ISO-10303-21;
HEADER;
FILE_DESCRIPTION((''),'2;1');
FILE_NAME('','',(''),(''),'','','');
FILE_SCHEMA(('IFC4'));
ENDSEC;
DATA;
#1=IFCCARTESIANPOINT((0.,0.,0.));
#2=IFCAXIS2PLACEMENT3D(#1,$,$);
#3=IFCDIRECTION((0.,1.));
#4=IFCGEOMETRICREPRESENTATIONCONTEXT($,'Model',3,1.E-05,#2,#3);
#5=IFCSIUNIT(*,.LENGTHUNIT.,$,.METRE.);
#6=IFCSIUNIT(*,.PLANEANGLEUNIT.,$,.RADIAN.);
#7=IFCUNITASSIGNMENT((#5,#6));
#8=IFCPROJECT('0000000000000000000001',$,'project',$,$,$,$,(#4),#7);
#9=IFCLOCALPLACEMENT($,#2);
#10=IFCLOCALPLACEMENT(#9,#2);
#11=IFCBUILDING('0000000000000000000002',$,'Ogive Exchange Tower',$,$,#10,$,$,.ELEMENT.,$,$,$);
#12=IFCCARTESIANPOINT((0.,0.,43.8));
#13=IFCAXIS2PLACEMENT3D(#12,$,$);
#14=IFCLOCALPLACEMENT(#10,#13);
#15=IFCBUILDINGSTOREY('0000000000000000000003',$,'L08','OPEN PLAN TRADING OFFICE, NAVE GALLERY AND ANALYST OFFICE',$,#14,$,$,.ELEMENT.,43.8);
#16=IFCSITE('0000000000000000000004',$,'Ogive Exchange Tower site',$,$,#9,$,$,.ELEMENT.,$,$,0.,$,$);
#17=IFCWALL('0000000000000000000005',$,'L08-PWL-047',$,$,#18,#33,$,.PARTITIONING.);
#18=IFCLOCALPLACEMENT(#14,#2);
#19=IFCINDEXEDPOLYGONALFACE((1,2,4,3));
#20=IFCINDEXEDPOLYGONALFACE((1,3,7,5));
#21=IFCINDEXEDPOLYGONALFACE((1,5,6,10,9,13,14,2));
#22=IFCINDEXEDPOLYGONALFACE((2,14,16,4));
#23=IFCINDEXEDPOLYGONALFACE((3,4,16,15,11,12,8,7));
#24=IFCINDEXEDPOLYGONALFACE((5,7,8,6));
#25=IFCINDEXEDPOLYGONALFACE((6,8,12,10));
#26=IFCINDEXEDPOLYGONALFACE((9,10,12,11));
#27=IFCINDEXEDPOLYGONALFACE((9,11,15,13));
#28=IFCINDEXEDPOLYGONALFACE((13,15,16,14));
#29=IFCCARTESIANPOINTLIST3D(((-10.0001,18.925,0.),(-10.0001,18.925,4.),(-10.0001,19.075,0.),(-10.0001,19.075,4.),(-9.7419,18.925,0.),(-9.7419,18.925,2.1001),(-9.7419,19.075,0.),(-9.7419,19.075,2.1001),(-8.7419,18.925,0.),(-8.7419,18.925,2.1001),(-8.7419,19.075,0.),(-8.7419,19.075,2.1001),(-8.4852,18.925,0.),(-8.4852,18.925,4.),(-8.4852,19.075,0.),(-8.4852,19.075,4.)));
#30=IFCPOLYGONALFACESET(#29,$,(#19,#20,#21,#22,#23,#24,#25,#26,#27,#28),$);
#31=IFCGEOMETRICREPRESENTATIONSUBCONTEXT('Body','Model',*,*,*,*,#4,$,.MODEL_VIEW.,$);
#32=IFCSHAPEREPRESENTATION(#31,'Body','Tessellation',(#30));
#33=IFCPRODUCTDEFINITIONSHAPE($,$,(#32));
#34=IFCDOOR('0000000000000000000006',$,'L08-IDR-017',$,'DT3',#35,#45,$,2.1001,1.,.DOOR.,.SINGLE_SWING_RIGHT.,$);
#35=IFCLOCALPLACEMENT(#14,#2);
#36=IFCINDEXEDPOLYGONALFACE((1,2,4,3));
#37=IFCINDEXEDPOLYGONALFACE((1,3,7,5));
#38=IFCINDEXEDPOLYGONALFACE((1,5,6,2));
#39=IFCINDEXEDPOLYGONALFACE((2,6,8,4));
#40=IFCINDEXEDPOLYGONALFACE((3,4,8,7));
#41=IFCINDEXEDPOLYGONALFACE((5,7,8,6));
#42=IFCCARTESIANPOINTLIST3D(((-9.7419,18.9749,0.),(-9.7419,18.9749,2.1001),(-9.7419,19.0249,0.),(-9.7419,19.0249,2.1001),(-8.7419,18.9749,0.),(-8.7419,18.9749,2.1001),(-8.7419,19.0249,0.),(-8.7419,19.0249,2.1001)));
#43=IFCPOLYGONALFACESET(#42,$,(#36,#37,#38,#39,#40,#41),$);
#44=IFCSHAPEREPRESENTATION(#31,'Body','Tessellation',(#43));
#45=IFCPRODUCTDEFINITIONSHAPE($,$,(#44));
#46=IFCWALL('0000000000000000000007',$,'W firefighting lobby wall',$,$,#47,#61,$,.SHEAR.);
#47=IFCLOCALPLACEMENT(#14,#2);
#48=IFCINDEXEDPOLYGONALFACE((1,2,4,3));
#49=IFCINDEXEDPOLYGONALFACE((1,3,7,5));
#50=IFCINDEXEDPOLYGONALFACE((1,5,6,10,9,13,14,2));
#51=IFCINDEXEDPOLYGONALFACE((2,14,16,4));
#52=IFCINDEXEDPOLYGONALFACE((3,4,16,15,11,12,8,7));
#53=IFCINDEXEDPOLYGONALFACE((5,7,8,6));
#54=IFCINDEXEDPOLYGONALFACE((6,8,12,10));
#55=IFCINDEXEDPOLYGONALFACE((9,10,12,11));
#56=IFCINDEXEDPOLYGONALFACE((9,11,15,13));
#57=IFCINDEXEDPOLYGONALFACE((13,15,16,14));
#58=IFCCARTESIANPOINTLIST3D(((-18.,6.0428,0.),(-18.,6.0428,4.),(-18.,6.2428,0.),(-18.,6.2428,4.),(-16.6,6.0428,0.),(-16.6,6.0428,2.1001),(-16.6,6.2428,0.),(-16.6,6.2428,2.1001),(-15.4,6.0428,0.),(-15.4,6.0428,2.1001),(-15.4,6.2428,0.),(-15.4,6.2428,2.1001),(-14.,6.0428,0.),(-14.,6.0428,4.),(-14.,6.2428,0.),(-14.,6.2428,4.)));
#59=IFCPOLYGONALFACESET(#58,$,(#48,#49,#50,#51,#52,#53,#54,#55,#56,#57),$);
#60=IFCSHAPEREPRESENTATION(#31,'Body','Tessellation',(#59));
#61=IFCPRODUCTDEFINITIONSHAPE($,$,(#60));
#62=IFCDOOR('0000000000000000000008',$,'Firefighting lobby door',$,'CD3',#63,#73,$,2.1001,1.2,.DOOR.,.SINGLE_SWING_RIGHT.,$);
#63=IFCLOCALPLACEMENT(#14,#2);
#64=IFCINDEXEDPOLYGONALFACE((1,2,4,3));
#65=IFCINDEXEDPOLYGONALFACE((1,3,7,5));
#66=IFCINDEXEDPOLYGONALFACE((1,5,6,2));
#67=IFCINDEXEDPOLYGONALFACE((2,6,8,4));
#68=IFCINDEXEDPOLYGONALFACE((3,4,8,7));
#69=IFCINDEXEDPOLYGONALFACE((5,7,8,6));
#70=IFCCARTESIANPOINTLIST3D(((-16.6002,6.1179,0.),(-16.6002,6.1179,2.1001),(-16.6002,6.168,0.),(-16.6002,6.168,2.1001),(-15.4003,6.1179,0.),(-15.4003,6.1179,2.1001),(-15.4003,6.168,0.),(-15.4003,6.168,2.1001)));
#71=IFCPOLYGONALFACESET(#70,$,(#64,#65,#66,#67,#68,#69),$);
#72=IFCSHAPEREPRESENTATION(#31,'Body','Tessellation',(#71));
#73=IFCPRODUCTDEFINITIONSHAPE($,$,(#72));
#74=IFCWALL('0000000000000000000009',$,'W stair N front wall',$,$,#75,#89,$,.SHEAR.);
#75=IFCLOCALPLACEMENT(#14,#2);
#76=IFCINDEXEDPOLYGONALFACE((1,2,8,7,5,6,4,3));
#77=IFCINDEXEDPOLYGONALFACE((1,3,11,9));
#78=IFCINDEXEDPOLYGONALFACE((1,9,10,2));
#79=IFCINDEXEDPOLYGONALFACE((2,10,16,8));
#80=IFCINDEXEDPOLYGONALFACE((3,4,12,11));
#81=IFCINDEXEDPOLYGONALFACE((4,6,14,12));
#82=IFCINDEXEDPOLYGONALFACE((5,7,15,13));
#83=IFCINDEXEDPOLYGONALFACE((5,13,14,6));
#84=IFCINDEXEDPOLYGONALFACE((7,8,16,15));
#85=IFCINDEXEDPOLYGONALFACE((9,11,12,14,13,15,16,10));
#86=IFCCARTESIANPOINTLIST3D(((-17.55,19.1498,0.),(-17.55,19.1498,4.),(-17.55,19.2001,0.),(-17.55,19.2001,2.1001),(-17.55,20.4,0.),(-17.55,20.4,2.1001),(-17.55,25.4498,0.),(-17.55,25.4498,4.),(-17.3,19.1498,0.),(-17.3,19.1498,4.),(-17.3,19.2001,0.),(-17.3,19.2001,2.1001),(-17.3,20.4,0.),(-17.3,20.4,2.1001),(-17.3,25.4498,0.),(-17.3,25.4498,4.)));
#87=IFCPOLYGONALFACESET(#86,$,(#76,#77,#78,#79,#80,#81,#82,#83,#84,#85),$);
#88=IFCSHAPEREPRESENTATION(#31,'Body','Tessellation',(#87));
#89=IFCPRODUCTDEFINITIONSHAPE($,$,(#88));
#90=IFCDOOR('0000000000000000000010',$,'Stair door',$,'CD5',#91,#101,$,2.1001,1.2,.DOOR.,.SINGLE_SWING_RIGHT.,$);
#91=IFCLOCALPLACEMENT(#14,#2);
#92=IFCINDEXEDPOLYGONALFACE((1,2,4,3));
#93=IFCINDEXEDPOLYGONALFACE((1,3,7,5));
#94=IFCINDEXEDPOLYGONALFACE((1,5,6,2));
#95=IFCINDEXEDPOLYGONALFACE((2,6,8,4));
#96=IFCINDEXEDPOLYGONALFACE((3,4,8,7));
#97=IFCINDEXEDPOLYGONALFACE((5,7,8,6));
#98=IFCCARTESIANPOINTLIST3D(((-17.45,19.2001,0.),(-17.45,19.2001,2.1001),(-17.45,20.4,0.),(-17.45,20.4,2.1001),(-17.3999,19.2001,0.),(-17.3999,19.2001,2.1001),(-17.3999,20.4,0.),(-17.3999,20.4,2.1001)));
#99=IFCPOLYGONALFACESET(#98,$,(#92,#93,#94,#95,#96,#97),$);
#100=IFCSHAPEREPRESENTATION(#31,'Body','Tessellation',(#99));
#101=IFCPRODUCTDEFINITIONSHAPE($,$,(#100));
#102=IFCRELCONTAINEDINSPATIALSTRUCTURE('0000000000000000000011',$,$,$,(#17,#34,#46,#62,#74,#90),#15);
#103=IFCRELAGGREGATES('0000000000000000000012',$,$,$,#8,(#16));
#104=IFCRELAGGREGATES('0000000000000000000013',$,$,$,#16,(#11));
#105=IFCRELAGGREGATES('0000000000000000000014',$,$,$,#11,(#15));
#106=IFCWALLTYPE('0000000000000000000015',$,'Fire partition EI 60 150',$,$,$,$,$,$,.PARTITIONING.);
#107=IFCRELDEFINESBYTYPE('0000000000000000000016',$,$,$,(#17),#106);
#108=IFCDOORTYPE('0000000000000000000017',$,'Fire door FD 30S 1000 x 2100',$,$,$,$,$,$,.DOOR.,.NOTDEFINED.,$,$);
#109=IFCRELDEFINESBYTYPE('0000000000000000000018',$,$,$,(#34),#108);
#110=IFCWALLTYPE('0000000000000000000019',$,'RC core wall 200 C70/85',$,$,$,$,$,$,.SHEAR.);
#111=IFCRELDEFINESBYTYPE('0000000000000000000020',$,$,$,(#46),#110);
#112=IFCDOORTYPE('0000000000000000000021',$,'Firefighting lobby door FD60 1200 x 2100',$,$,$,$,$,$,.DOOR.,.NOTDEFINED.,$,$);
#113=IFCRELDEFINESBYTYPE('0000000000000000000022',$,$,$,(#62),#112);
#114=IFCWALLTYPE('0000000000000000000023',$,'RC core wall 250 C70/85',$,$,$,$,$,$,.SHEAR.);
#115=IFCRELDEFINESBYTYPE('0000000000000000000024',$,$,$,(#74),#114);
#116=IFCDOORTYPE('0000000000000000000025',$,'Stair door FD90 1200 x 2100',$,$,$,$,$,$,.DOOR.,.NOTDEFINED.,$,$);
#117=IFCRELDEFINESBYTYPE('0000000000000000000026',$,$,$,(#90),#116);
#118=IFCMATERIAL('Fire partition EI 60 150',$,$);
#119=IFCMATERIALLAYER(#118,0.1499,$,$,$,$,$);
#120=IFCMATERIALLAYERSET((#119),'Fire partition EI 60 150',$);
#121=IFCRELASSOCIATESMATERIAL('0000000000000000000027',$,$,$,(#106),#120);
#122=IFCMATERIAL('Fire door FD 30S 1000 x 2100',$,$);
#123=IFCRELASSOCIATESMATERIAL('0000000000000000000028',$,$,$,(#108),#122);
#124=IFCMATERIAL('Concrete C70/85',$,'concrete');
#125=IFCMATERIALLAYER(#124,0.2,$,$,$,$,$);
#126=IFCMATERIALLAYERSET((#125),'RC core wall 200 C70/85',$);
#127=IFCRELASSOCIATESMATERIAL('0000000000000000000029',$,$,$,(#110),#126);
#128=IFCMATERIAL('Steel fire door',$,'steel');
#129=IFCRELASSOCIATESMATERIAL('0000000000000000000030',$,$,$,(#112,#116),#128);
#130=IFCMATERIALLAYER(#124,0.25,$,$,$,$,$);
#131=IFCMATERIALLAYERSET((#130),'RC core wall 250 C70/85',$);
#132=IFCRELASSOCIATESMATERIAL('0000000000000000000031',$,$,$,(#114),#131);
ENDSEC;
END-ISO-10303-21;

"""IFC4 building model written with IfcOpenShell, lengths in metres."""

from ifc_helpers import new_model, si_unit, direction, frame, frame_2d, origin, place, context, subcontext, project, spatial, rectangle, extrude, material, layer, layer_set, type_object, element, fill, save


model = new_model("IFC4")

# Units and contexts
model_context = context("Model", 3, precision=1e-05, world=origin(), true_north=direction((0.0, 1.0)))
body_context = subcontext(model_context, "Body", "Model", "MODEL_VIEW")
ifc_project = project(units=[si_unit("LENGTHUNIT", "METRE"), si_unit("PLANEANGLEUNIT", "RADIAN")], contexts=[model_context])

# Site, building, storey
site_placement = place(None, origin())
site = spatial("IfcSite", under=ifc_project, at=site_placement, Name="Ogive Exchange Tower site", CompositionType="ELEMENT", RefElevation=0.0)
building_placement = place(site_placement, origin())
building = spatial("IfcBuilding", under=site, at=building_placement, Name="Ogive Exchange Tower", CompositionType="ELEMENT")
storey_placement = place(building_placement, frame((0.0, 0.0, 43.8)))
storey = spatial("IfcBuildingStorey", under=building, at=storey_placement, Name="L08", Description="OPEN PLAN TRADING OFFICE, NAVE GALLERY AND ANALYST OFFICE", CompositionType="ELEMENT", Elevation=43.8)

# Walls, openings, doors
ifc_material_1 = material(Name="Fire partition EI 60 150")
ifc_layer_1 = layer(ifc_material_1, 0.1499)
ifc_layer_set_1 = layer_set([ifc_layer_1], Name="Fire partition EI 60 150")
wall_type_1 = type_object("IfcWallType", Name="Fire partition EI 60 150", PredefinedType="PARTITIONING", material=ifc_layer_set_1)
ifc_material_2 = material(Name="Fire door FD 30S 1000 x 2100")
door_type_1 = type_object("IfcDoorType", Name="Fire door FD 30S 1000 x 2100", OperationType="NOTDEFINED", PredefinedType="DOOR", material=ifc_material_2)
wall_1_placement = place(storey_placement, frame((-10.0, 19.0, 0.0), z_axis=(0.0, 0.0, 1.0), x_axis=(1.0, 0.0, 0.0)))
wall_1 = element("IfcWall", 1, at=wall_1_placement, inside=storey, type_object=wall_type_1, Name="L08-PWL-047", PredefinedType="PARTITIONING", context=body_context, shape_type="SweptSolid", body=[
    extrude(rectangle(XDim=1.5149, YDim=0.1499, at=frame_2d((0.7573, 0.0))), origin(), (0.0, 0.0, 1.0), 4.0),
])
opening_1_placement = place(wall_1_placement, frame((0.2581, 0.0, 0.0)))
opening_1 = element("IfcOpeningElement", 2, at=opening_1_placement, cuts=wall_1, PredefinedType="OPENING", context=body_context, shape_type="SweptSolid", body=[
    extrude(rectangle(XDim=1.0, YDim=2.1001, at=frame_2d((0.5, 1.05))), frame((0.0, 0.085, 0.0), z_axis=(0.0, -1.0, 0.0), x_axis=(1.0, 0.0, 0.0)), (0.0, 0.0, 1.0), 0.1699),
])
door_1_placement = place(opening_1_placement, origin())
door_1 = element("IfcDoor", 3, at=door_1_placement, inside=storey, type_object=door_type_1, Name="L08-IDR-017", ObjectType="DT3", OperationType="SINGLE_SWING_RIGHT", OverallHeight=2.1001, OverallWidth=1.0, PredefinedType="DOOR", context=body_context, shape_type="SweptSolid", body=[
    extrude(rectangle(XDim=1.0, YDim=2.1001, at=frame_2d((0.5, 1.05))), frame((0.0, 0.0249, 0.0), z_axis=(0.0, -1.0, 0.0), x_axis=(1.0, 0.0, 0.0)), (0.0, 0.0, 1.0), 0.05),
])
fill(opening_1, door_1)
ifc_material_3 = material(Name="Concrete C70/85", Category="concrete")
ifc_layer_2 = layer(ifc_material_3, 0.2)
ifc_layer_set_2 = layer_set([ifc_layer_2], Name="RC core wall 200 C70/85")
wall_type_2 = type_object("IfcWallType", Name="RC core wall 200 C70/85", PredefinedType="SHEAR", material=ifc_layer_set_2)
wall_2_placement = place(storey_placement, frame((-18.0, 6.1428, 0.0), z_axis=(0.0, 0.0, 1.0), x_axis=(1.0, 0.0, 0.0)))
wall_2 = element("IfcWall", 4, at=wall_2_placement, inside=storey, type_object=wall_type_2, Name="W firefighting lobby wall", PredefinedType="SHEAR", context=body_context, shape_type="SweptSolid", body=[
    extrude(rectangle(XDim=4.0, YDim=0.2, at=frame_2d((2.0, 0.0))), origin(), (0.0, 0.0, 1.0), 4.0),
])
opening_2_placement = place(wall_2_placement, frame((1.3999, 0.0, 0.0)))
opening_2 = element("IfcOpeningElement", 5, at=opening_2_placement, cuts=wall_2, PredefinedType="OPENING", context=body_context, shape_type="SweptSolid", body=[
    extrude(rectangle(XDim=1.2, YDim=2.1001, at=frame_2d((0.6001, 1.05))), frame((0.0, 0.1099, 0.0), z_axis=(0.0, -1.0, 0.0), x_axis=(1.0, 0.0, 0.0)), (0.0, 0.0, 1.0), 0.22),
])
ifc_material_4 = material(Name="Steel fire door", Category="steel")
door_type_2 = type_object("IfcDoorType", Name="Firefighting lobby door FD60 1200 x 2100", OperationType="NOTDEFINED", PredefinedType="DOOR", material=ifc_material_4)
door_2_placement = place(opening_2_placement, frame((1.2, 0.0, 0.0), z_axis=(0.0, 0.0, 1.0), x_axis=(-1.0, 0.0, 0.0)))
door_2 = element("IfcDoor", 6, at=door_2_placement, inside=storey, type_object=door_type_2, Name="Firefighting lobby door", ObjectType="CD3", OperationType="SINGLE_SWING_RIGHT", OverallHeight=2.1001, OverallWidth=1.2, PredefinedType="DOOR", context=body_context, shape_type="SweptSolid", body=[
    extrude(rectangle(XDim=1.2, YDim=2.1001, at=frame_2d((0.6001, 1.05))), frame((0.0, 0.0249, 0.0), z_axis=(0.0, -1.0, 0.0), x_axis=(1.0, 0.0, 0.0)), (0.0, 0.0, 1.0), 0.05),
])
fill(opening_2, door_2)
ifc_layer_3 = layer(ifc_material_3, 0.25)
ifc_layer_set_3 = layer_set([ifc_layer_3], Name="RC core wall 250 C70/85")
wall_type_3 = type_object("IfcWallType", Name="RC core wall 250 C70/85", PredefinedType="SHEAR", material=ifc_layer_set_3)
wall_3_placement = place(storey_placement, frame((-17.425, 19.1499, 0.0), z_axis=(0.0, 0.0, 1.0), x_axis=(0.0, 1.0, 0.0)))
wall_3 = element("IfcWall", 7, at=wall_3_placement, inside=storey, type_object=wall_type_3, Name="W stair N front wall", PredefinedType="SHEAR", context=body_context, shape_type="SweptSolid", body=[
    extrude(rectangle(XDim=6.3, YDim=0.25, at=frame_2d((3.1499, 0.0))), origin(), (0.0, 0.0, 1.0), 4.0),
])
opening_3_placement = place(wall_3_placement, frame((0.05, 0.0, 0.0)))
opening_3 = element("IfcOpeningElement", 8, at=opening_3_placement, cuts=wall_3, PredefinedType="OPENING", context=body_context, shape_type="SweptSolid", body=[
    extrude(rectangle(XDim=1.2, YDim=2.1001, at=frame_2d((0.6001, 1.05))), frame((0.0, 0.135, 0.0), z_axis=(0.0, -1.0, 0.0), x_axis=(1.0, 0.0, 0.0)), (0.0, 0.0, 1.0), 0.27),
])
door_type_3 = type_object("IfcDoorType", Name="Stair door FD90 1200 x 2100", OperationType="NOTDEFINED", PredefinedType="DOOR", material=ifc_material_4)
door_3_placement = place(opening_3_placement, origin())
door_3 = element("IfcDoor", 9, at=door_3_placement, inside=storey, type_object=door_type_3, Name="Stair door", ObjectType="CD5", OperationType="SINGLE_SWING_RIGHT", OverallHeight=2.1001, OverallWidth=1.2, PredefinedType="DOOR", context=body_context, shape_type="SweptSolid", body=[
    extrude(rectangle(XDim=1.2, YDim=2.1001, at=frame_2d((0.6001, 1.05))), frame((0.0, 0.0249, 0.0), z_axis=(0.0, -1.0, 0.0), x_axis=(1.0, 0.0, 0.0)), (0.0, 0.0, 1.0), 0.05),
])
fill(opening_3, door_3)

save(model, "model.ifc")
